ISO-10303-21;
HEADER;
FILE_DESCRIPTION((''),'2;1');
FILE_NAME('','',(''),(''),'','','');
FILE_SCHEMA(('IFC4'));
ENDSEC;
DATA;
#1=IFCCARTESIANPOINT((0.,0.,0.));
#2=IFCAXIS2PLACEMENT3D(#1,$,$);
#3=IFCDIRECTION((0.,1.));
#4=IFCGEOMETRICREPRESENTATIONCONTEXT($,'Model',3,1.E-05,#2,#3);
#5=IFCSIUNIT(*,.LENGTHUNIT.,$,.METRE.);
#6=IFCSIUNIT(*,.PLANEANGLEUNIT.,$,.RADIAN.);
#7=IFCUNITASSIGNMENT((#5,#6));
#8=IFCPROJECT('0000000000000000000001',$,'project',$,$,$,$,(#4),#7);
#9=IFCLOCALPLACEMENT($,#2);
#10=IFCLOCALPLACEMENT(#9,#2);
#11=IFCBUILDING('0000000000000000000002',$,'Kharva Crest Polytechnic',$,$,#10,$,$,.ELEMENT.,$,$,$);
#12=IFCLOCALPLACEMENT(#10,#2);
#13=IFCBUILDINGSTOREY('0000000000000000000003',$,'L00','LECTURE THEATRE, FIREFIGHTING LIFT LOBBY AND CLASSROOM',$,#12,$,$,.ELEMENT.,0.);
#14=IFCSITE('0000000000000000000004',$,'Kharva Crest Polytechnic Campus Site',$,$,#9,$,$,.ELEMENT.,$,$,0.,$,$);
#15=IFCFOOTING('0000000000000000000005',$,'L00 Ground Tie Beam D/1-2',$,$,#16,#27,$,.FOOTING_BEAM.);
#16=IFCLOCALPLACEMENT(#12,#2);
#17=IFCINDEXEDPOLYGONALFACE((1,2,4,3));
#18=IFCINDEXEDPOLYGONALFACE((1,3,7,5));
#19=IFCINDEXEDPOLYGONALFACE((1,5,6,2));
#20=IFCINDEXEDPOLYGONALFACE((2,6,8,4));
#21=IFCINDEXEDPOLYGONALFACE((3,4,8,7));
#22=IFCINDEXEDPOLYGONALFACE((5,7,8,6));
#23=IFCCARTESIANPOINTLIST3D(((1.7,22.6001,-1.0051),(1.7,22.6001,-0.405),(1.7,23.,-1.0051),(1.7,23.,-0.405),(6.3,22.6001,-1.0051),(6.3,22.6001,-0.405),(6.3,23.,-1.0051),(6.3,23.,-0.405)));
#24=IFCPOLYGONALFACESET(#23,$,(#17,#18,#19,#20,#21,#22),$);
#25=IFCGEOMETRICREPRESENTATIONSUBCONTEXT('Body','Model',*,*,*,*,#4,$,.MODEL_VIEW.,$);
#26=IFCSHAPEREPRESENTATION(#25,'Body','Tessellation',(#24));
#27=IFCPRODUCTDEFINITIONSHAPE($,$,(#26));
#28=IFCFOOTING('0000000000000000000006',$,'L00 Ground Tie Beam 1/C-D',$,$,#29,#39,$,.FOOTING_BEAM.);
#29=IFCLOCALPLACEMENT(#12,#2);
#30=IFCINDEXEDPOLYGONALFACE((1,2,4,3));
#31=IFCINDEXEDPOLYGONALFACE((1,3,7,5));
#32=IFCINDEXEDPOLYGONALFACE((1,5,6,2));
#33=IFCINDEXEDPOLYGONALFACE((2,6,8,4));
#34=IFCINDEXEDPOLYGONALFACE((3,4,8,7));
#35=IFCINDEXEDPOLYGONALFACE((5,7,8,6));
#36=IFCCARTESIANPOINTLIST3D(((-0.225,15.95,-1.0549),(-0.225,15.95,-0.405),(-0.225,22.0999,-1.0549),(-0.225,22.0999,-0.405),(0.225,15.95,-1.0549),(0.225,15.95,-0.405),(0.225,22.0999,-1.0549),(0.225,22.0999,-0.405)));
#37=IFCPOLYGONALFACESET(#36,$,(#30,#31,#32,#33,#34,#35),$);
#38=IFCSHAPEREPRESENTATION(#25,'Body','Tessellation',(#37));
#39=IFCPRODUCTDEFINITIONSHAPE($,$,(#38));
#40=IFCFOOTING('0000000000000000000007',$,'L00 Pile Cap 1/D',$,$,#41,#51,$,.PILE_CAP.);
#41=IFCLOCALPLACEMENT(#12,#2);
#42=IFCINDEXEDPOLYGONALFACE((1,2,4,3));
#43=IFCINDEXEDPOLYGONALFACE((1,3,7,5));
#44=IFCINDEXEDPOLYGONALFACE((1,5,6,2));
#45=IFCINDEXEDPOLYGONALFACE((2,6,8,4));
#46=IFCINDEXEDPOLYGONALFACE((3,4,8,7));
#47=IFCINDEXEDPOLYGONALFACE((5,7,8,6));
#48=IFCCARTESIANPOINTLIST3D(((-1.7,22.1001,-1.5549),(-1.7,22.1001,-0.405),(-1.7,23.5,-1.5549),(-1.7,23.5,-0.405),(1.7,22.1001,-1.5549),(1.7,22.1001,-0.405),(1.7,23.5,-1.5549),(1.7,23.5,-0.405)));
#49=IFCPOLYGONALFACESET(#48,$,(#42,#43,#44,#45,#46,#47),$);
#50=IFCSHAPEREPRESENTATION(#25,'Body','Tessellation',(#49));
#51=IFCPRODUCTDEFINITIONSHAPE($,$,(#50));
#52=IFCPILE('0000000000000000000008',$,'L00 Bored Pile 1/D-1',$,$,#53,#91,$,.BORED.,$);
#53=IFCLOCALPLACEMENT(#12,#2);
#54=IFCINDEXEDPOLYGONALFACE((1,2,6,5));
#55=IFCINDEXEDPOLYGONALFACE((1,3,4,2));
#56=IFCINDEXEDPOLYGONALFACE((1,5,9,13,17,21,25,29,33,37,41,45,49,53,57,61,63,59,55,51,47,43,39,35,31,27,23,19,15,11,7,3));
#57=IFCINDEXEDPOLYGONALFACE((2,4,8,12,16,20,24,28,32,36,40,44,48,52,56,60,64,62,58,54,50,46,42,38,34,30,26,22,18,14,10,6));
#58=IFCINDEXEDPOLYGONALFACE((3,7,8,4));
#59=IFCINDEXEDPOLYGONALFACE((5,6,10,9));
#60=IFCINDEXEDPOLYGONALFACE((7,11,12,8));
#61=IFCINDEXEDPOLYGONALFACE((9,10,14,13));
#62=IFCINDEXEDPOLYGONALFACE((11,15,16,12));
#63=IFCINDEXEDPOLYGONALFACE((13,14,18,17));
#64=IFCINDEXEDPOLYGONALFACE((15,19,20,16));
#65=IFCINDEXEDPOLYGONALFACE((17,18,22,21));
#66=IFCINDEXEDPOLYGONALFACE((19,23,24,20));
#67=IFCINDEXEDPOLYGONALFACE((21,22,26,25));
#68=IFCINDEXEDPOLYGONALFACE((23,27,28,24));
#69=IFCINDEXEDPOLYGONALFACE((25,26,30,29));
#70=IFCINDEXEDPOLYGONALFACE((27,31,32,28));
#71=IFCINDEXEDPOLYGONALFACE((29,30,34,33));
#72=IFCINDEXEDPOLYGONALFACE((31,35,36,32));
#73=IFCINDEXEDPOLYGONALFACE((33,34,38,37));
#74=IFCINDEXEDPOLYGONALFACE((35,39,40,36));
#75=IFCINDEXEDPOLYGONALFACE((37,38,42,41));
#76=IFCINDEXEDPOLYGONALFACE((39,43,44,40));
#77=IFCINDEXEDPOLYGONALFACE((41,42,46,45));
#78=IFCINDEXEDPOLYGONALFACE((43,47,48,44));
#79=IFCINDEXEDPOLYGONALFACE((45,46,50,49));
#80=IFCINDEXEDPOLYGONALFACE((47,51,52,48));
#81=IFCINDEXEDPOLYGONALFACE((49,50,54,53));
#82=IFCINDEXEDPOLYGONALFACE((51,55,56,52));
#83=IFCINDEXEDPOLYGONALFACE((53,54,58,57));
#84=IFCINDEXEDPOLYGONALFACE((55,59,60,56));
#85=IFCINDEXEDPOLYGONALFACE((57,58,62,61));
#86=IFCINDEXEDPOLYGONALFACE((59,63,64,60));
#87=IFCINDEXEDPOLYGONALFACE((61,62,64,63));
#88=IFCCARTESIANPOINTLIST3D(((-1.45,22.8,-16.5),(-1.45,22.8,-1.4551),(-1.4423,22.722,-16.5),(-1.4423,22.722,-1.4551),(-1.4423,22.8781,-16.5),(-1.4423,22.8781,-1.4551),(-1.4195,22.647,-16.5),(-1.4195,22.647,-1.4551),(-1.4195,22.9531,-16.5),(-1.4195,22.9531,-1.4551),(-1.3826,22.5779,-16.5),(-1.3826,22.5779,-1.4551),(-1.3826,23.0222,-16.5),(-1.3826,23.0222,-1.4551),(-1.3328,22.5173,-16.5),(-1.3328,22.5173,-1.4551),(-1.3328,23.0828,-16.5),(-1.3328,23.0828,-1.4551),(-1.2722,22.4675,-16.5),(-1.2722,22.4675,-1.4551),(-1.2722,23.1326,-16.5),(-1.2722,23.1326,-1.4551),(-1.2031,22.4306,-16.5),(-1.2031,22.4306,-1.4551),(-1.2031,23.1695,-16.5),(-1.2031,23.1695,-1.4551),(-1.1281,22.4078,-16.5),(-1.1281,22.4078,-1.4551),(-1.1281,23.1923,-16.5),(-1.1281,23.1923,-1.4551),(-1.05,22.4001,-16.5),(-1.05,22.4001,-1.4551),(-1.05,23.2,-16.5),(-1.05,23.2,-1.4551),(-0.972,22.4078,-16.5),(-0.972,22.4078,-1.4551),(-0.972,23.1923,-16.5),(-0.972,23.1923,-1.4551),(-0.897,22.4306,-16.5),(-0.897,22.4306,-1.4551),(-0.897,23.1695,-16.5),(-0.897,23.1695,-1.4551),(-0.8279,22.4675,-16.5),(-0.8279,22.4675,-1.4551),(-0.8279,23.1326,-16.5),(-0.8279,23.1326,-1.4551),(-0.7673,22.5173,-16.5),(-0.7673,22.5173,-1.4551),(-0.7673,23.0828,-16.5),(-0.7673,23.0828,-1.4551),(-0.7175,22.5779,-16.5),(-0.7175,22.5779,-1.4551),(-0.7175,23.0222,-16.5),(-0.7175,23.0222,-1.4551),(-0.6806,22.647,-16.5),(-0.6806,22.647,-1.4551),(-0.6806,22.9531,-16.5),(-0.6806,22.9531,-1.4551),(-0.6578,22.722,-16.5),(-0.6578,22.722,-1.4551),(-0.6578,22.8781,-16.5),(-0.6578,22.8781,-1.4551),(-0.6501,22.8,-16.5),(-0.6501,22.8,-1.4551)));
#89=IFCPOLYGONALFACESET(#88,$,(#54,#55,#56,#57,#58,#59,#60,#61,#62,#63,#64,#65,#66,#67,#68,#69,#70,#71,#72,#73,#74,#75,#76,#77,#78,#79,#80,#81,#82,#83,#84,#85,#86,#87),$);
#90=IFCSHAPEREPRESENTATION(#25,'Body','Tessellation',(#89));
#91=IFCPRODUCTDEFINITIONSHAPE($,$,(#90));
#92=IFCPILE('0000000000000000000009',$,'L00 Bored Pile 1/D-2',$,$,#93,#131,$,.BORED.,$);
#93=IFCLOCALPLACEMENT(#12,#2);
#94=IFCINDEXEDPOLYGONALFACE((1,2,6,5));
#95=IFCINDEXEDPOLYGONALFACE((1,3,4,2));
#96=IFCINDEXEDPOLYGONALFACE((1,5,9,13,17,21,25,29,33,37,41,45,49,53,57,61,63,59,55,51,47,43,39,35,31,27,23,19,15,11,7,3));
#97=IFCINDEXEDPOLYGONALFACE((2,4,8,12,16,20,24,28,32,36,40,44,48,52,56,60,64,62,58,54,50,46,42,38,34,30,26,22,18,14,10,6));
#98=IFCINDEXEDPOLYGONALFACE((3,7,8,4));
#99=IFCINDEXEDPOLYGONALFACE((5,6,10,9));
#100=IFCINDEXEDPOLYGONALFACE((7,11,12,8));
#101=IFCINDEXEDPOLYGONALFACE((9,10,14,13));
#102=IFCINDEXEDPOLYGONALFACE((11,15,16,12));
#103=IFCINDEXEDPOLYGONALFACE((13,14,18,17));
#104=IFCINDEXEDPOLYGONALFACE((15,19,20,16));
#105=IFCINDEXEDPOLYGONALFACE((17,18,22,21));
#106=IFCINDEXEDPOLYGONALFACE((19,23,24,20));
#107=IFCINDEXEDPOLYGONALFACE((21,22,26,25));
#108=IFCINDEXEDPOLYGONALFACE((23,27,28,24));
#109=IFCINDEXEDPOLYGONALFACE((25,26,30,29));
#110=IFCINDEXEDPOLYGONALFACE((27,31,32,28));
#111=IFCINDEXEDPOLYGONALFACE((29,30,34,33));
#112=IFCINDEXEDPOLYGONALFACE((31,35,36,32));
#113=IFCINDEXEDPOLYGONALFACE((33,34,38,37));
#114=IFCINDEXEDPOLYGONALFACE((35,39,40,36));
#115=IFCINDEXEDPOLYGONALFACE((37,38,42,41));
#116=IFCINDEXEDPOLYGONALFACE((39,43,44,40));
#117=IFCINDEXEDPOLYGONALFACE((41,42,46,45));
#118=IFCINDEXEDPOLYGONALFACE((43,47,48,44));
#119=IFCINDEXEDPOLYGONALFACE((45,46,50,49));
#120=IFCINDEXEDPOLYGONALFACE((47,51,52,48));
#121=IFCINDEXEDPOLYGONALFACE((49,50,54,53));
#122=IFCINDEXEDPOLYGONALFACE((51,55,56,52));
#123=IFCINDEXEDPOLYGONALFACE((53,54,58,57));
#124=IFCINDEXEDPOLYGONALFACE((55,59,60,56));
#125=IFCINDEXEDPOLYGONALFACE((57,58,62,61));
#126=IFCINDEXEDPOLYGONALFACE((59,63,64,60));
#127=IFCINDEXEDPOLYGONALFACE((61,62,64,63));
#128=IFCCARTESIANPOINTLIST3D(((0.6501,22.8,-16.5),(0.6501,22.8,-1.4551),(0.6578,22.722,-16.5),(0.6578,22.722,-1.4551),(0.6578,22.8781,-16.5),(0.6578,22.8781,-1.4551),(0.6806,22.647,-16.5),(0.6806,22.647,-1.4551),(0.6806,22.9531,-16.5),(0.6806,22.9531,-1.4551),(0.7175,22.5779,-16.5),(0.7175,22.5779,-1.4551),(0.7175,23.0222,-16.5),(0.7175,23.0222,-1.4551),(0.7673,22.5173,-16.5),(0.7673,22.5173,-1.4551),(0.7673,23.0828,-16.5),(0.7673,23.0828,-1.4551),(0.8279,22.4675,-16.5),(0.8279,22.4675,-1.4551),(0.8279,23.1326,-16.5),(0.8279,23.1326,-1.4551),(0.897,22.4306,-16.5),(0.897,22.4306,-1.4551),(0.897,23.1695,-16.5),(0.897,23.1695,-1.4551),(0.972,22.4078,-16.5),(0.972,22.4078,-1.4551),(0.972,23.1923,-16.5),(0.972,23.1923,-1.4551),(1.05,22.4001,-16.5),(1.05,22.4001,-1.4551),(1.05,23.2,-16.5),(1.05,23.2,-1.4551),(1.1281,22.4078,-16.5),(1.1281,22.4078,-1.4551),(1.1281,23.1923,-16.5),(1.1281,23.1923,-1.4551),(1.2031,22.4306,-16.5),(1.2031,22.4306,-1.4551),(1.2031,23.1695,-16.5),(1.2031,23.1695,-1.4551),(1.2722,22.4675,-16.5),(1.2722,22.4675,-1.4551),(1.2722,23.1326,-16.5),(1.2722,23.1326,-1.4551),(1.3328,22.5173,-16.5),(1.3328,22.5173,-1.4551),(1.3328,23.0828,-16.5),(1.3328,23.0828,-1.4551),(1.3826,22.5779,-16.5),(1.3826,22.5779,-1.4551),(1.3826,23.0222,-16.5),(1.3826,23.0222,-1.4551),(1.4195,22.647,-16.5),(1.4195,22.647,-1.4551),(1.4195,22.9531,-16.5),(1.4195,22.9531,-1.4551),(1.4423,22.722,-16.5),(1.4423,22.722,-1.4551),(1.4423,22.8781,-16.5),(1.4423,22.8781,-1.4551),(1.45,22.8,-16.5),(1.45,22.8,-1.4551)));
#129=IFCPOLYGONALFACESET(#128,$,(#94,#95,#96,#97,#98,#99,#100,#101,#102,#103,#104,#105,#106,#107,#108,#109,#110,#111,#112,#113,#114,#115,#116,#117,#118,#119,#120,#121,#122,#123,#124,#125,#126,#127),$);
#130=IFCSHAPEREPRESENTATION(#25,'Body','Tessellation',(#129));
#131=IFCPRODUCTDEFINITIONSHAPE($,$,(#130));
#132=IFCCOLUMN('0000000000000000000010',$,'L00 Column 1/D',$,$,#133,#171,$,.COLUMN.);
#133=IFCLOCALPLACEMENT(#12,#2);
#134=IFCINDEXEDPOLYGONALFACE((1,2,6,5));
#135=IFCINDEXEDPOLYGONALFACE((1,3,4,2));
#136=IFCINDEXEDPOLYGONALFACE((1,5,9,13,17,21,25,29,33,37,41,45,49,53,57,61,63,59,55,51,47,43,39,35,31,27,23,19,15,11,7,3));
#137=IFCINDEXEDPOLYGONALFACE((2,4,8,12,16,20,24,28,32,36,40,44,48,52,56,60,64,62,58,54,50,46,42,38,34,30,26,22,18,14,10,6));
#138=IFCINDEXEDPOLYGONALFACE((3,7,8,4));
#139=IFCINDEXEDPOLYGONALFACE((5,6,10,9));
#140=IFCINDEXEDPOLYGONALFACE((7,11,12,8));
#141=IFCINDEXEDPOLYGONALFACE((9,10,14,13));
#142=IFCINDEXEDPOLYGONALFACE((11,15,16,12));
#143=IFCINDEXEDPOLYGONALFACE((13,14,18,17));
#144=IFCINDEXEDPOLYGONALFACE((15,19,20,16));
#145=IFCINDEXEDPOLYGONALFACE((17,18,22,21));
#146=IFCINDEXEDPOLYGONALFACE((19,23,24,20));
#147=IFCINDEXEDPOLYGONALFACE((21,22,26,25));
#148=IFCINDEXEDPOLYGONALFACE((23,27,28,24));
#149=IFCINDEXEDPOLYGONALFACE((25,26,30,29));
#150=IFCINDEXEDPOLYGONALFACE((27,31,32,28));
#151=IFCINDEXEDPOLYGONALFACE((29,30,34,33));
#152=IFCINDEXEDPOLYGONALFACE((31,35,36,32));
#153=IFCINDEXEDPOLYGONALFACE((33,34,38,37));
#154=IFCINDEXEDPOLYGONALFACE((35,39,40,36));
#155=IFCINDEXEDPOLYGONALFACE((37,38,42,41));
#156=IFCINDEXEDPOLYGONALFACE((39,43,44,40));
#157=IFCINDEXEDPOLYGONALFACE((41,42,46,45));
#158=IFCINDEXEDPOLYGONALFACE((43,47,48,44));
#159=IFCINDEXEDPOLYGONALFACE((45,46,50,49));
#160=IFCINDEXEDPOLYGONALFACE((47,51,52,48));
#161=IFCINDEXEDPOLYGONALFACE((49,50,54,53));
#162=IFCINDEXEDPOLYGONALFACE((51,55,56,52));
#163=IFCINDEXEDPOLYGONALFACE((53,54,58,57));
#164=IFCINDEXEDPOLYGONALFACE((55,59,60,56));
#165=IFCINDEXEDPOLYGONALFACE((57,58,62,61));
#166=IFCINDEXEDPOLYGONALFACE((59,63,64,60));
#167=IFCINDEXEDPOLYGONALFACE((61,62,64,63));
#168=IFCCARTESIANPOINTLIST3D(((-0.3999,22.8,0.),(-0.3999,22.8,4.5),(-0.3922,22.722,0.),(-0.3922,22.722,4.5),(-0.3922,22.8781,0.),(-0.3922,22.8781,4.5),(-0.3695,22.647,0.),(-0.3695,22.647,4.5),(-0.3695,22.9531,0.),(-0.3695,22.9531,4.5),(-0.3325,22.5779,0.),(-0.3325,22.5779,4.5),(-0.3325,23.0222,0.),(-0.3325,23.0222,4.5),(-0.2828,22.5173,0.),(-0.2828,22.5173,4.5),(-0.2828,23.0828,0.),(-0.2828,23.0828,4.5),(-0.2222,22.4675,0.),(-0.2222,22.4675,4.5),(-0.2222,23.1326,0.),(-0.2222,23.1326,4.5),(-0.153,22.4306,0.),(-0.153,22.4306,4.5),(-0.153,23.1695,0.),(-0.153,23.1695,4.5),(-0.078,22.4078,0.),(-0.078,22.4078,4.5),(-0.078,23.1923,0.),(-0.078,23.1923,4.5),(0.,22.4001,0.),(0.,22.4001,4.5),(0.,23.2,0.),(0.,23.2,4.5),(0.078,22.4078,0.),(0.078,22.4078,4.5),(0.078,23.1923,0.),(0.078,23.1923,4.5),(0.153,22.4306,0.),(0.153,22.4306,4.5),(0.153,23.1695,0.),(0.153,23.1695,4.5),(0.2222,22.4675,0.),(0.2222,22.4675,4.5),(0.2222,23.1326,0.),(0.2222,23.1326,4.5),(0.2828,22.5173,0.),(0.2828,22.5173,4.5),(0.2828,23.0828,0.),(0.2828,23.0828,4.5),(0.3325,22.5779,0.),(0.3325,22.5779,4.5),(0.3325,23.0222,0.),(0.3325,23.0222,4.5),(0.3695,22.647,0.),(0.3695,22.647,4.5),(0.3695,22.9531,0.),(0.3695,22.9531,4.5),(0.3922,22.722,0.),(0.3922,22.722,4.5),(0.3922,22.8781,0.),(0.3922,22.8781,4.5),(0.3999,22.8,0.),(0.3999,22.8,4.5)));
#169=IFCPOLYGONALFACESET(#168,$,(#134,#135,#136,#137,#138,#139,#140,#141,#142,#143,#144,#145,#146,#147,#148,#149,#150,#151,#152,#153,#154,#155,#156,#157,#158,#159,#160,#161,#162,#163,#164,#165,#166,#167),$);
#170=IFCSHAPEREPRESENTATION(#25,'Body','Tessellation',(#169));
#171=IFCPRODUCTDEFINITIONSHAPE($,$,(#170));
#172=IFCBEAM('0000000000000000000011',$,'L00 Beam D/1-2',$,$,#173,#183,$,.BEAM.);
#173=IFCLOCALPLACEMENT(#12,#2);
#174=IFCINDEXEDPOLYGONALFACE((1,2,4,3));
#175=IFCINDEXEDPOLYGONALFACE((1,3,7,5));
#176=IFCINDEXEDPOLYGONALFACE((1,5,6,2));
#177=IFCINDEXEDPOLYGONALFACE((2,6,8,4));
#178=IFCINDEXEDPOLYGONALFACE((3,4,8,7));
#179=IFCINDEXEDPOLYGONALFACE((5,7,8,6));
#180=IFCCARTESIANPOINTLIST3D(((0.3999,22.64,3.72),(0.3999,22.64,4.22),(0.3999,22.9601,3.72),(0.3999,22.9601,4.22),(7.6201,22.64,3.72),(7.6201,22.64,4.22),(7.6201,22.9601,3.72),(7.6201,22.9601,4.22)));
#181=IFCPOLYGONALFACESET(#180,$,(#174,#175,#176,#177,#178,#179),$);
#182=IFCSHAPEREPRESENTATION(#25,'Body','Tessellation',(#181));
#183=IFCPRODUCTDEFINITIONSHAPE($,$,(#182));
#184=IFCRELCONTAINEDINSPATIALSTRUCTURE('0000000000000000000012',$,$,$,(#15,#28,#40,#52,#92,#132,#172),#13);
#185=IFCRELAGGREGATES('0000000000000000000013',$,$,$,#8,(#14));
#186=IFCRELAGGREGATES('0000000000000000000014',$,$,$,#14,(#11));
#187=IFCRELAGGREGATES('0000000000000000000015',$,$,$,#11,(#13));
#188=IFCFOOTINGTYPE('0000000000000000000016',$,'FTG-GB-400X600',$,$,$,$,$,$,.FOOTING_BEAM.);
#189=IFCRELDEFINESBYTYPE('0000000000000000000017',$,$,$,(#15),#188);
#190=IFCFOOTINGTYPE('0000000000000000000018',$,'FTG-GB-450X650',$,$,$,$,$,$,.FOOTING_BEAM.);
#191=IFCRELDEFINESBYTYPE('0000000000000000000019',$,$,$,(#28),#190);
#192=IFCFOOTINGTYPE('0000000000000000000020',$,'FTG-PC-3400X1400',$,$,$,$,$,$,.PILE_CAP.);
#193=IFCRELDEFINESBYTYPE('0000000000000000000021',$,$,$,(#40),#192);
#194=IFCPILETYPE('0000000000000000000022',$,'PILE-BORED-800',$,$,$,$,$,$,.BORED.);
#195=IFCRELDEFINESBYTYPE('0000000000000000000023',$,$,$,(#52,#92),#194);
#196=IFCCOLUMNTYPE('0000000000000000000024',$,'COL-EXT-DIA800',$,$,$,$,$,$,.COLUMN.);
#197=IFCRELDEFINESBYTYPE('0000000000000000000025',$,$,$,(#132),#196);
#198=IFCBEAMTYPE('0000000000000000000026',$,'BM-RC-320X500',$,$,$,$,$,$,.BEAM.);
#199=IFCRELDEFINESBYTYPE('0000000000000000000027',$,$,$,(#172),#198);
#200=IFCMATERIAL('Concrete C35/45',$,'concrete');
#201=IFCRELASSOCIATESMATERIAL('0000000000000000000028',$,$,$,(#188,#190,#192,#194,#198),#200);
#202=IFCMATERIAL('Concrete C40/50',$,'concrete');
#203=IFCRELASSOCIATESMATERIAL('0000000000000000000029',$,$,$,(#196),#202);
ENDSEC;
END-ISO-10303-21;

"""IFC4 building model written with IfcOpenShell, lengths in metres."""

from ifc_helpers import new_model, si_unit, direction, frame, origin, origin_2d, place, context, subcontext, project, spatial, rectangle, circle, extrude, material, material_profile, profile_set, type_object, element, save


model = new_model("IFC4")

# Units and contexts
model_context = context("Model", 3, precision=1e-05, world=origin(), true_north=direction((0.0, 1.0)))
body_context = subcontext(model_context, "Body", "Model", "MODEL_VIEW")
ifc_project = project(units=[si_unit("LENGTHUNIT", "METRE"), si_unit("PLANEANGLEUNIT", "RADIAN")], contexts=[model_context])

# Site, building, storey
site_placement = place(None, origin())
site = spatial("IfcSite", under=ifc_project, at=site_placement, Name="Kharva Crest Polytechnic Campus Site", CompositionType="ELEMENT", RefElevation=0.0)
building_placement = place(site_placement, origin())
building = spatial("IfcBuilding", under=site, at=building_placement, Name="Kharva Crest Polytechnic", CompositionType="ELEMENT")
storey_placement = place(building_placement, origin())
storey = spatial("IfcBuildingStorey", under=building, at=storey_placement, Name="L00", Description="LECTURE THEATRE, FIREFIGHTING LIFT LOBBY AND CLASSROOM", CompositionType="ELEMENT", Elevation=0.0)

# Footings
ifc_material_1 = material(Name="Concrete C35/45", Category="concrete")
footing_type_1 = type_object("IfcFootingType", Name="FTG-GB-400X600", PredefinedType="FOOTING_BEAM", material=ifc_material_1)
footing_1_placement = place(storey_placement, frame((4.0, 22.8, -1.0051), z_axis=(0.0, 0.0, 1.0), x_axis=(1.0, 0.0, 0.0)))
element("IfcFooting", 1, at=footing_1_placement, inside=storey, type_object=footing_type_1, Name="L00 Ground Tie Beam D/1-2", PredefinedType="FOOTING_BEAM", context=body_context, shape_type="SweptSolid", body=[
    extrude(rectangle(XDim=4.6001, YDim=0.3999, at=origin_2d()), origin(), (0.0, 0.0, 1.0), 0.6001),
])
footing_type_2 = type_object("IfcFootingType", Name="FTG-GB-450X650", PredefinedType="FOOTING_BEAM", material=ifc_material_1)
footing_2_placement = place(storey_placement, frame((0.0, 19.0249, -1.0549), z_axis=(0.0, 0.0, 1.0), x_axis=(0.0, 1.0, 0.0)))
element("IfcFooting", 2, at=footing_2_placement, inside=storey, type_object=footing_type_2, Name="L00 Ground Tie Beam 1/C-D", PredefinedType="FOOTING_BEAM", context=body_context, shape_type="SweptSolid", body=[
    extrude(rectangle(XDim=6.1499, YDim=0.45, at=origin_2d()), origin(), (0.0, 0.0, 1.0), 0.6499),
])
footing_type_3 = type_object("IfcFootingType", Name="FTG-PC-3400X1400", PredefinedType="PILE_CAP", material=ifc_material_1)
footing_3_placement = place(storey_placement, frame((0.0, 22.8, -1.5549), z_axis=(0.0, 0.0, 1.0), x_axis=(1.0, 0.0, 0.0)))
element("IfcFooting", 3, at=footing_3_placement, inside=storey, type_object=footing_type_3, Name="L00 Pile Cap 1/D", PredefinedType="PILE_CAP", context=body_context, shape_type="SweptSolid", body=[
    extrude(rectangle(XDim=3.3999, YDim=1.3999, at=origin_2d()), origin(), (0.0, 0.0, 1.0), 1.1499),
])

# Piles
ifc_material_profile_1 = material_profile(ifc_material_1, circle(Radius=0.3999, at=origin_2d()), Name="DIA 800")
ifc_profile_set_1 = profile_set([ifc_material_profile_1], Name="Concrete C35/45")
pile_type = type_object("IfcPileType", Name="PILE-BORED-800", PredefinedType="BORED", material=ifc_profile_set_1)
for number, where, z_axis, x_axis, name in (
    (4, (-1.05, 22.8, -1.4551), (0.0, 0.0, -1.0), (1.0, 0.0, 0.0), "L00 Bored Pile 1/D-1"),
    (5, (1.05, 22.8, -1.4551), (0.0, 0.0, -1.0), (1.0, 0.0, 0.0), "L00 Bored Pile 1/D-2"),
):
    element("IfcPile", number, at=place(storey_placement, frame(where, z_axis=z_axis, x_axis=x_axis)), inside=storey, type_object=pile_type, Name=name, PredefinedType="BORED", context=body_context, shape_type="SweptSolid", body=[
        extrude(circle(Radius=0.3999, at=origin_2d()), origin(), (0.0, 0.0, 1.0), 15.0449),
    ])

# Column
ifc_material_2 = material(Name="Concrete C40/50", Category="concrete")
ifc_material_profile_2 = material_profile(ifc_material_2, circle(Radius=0.3999, at=origin_2d()), Name="DIA 800")
ifc_profile_set_2 = profile_set([ifc_material_profile_2], Name="Concrete C40/50")
column_type = type_object("IfcColumnType", Name="COL-EXT-DIA800", PredefinedType="COLUMN", material=ifc_profile_set_2)
column_placement = place(storey_placement, frame((0.0, 22.8, 0.0), z_axis=(0.0, 0.0, 1.0), x_axis=(1.0, 0.0, 0.0)))
element("IfcColumn", 6, at=column_placement, inside=storey, type_object=column_type, Name="L00 Column 1/D", PredefinedType="COLUMN", context=body_context, shape_type="SweptSolid", body=[
    extrude(circle(Radius=0.3999, at=origin_2d()), origin(), (0.0, 0.0, 1.0), 4.5),
])

# Beam
ifc_material_profile_3 = material_profile(ifc_material_1, rectangle(XDim=0.3201, YDim=0.5, at=origin_2d()), Name="RECT 320 X 500")
ifc_profile_set_3 = profile_set([ifc_material_profile_3], Name="Concrete C35/45")
beam_type = type_object("IfcBeamType", Name="BM-RC-320X500", PredefinedType="BEAM", material=ifc_profile_set_3)
beam_placement = place(storey_placement, frame((0.3999, 22.8, 3.97), z_axis=(1.0, 0.0, 0.0), x_axis=(0.0, 1.0, 0.0)))
element("IfcBeam", 7, at=beam_placement, inside=storey, type_object=beam_type, Name="L00 Beam D/1-2", PredefinedType="BEAM", context=body_context, shape_type="SweptSolid", body=[
    extrude(rectangle(XDim=0.3201, YDim=0.5, at=origin_2d()), origin(), (0.0, 0.0, 1.0), 7.2202),
])

save(model, "model.ifc")
